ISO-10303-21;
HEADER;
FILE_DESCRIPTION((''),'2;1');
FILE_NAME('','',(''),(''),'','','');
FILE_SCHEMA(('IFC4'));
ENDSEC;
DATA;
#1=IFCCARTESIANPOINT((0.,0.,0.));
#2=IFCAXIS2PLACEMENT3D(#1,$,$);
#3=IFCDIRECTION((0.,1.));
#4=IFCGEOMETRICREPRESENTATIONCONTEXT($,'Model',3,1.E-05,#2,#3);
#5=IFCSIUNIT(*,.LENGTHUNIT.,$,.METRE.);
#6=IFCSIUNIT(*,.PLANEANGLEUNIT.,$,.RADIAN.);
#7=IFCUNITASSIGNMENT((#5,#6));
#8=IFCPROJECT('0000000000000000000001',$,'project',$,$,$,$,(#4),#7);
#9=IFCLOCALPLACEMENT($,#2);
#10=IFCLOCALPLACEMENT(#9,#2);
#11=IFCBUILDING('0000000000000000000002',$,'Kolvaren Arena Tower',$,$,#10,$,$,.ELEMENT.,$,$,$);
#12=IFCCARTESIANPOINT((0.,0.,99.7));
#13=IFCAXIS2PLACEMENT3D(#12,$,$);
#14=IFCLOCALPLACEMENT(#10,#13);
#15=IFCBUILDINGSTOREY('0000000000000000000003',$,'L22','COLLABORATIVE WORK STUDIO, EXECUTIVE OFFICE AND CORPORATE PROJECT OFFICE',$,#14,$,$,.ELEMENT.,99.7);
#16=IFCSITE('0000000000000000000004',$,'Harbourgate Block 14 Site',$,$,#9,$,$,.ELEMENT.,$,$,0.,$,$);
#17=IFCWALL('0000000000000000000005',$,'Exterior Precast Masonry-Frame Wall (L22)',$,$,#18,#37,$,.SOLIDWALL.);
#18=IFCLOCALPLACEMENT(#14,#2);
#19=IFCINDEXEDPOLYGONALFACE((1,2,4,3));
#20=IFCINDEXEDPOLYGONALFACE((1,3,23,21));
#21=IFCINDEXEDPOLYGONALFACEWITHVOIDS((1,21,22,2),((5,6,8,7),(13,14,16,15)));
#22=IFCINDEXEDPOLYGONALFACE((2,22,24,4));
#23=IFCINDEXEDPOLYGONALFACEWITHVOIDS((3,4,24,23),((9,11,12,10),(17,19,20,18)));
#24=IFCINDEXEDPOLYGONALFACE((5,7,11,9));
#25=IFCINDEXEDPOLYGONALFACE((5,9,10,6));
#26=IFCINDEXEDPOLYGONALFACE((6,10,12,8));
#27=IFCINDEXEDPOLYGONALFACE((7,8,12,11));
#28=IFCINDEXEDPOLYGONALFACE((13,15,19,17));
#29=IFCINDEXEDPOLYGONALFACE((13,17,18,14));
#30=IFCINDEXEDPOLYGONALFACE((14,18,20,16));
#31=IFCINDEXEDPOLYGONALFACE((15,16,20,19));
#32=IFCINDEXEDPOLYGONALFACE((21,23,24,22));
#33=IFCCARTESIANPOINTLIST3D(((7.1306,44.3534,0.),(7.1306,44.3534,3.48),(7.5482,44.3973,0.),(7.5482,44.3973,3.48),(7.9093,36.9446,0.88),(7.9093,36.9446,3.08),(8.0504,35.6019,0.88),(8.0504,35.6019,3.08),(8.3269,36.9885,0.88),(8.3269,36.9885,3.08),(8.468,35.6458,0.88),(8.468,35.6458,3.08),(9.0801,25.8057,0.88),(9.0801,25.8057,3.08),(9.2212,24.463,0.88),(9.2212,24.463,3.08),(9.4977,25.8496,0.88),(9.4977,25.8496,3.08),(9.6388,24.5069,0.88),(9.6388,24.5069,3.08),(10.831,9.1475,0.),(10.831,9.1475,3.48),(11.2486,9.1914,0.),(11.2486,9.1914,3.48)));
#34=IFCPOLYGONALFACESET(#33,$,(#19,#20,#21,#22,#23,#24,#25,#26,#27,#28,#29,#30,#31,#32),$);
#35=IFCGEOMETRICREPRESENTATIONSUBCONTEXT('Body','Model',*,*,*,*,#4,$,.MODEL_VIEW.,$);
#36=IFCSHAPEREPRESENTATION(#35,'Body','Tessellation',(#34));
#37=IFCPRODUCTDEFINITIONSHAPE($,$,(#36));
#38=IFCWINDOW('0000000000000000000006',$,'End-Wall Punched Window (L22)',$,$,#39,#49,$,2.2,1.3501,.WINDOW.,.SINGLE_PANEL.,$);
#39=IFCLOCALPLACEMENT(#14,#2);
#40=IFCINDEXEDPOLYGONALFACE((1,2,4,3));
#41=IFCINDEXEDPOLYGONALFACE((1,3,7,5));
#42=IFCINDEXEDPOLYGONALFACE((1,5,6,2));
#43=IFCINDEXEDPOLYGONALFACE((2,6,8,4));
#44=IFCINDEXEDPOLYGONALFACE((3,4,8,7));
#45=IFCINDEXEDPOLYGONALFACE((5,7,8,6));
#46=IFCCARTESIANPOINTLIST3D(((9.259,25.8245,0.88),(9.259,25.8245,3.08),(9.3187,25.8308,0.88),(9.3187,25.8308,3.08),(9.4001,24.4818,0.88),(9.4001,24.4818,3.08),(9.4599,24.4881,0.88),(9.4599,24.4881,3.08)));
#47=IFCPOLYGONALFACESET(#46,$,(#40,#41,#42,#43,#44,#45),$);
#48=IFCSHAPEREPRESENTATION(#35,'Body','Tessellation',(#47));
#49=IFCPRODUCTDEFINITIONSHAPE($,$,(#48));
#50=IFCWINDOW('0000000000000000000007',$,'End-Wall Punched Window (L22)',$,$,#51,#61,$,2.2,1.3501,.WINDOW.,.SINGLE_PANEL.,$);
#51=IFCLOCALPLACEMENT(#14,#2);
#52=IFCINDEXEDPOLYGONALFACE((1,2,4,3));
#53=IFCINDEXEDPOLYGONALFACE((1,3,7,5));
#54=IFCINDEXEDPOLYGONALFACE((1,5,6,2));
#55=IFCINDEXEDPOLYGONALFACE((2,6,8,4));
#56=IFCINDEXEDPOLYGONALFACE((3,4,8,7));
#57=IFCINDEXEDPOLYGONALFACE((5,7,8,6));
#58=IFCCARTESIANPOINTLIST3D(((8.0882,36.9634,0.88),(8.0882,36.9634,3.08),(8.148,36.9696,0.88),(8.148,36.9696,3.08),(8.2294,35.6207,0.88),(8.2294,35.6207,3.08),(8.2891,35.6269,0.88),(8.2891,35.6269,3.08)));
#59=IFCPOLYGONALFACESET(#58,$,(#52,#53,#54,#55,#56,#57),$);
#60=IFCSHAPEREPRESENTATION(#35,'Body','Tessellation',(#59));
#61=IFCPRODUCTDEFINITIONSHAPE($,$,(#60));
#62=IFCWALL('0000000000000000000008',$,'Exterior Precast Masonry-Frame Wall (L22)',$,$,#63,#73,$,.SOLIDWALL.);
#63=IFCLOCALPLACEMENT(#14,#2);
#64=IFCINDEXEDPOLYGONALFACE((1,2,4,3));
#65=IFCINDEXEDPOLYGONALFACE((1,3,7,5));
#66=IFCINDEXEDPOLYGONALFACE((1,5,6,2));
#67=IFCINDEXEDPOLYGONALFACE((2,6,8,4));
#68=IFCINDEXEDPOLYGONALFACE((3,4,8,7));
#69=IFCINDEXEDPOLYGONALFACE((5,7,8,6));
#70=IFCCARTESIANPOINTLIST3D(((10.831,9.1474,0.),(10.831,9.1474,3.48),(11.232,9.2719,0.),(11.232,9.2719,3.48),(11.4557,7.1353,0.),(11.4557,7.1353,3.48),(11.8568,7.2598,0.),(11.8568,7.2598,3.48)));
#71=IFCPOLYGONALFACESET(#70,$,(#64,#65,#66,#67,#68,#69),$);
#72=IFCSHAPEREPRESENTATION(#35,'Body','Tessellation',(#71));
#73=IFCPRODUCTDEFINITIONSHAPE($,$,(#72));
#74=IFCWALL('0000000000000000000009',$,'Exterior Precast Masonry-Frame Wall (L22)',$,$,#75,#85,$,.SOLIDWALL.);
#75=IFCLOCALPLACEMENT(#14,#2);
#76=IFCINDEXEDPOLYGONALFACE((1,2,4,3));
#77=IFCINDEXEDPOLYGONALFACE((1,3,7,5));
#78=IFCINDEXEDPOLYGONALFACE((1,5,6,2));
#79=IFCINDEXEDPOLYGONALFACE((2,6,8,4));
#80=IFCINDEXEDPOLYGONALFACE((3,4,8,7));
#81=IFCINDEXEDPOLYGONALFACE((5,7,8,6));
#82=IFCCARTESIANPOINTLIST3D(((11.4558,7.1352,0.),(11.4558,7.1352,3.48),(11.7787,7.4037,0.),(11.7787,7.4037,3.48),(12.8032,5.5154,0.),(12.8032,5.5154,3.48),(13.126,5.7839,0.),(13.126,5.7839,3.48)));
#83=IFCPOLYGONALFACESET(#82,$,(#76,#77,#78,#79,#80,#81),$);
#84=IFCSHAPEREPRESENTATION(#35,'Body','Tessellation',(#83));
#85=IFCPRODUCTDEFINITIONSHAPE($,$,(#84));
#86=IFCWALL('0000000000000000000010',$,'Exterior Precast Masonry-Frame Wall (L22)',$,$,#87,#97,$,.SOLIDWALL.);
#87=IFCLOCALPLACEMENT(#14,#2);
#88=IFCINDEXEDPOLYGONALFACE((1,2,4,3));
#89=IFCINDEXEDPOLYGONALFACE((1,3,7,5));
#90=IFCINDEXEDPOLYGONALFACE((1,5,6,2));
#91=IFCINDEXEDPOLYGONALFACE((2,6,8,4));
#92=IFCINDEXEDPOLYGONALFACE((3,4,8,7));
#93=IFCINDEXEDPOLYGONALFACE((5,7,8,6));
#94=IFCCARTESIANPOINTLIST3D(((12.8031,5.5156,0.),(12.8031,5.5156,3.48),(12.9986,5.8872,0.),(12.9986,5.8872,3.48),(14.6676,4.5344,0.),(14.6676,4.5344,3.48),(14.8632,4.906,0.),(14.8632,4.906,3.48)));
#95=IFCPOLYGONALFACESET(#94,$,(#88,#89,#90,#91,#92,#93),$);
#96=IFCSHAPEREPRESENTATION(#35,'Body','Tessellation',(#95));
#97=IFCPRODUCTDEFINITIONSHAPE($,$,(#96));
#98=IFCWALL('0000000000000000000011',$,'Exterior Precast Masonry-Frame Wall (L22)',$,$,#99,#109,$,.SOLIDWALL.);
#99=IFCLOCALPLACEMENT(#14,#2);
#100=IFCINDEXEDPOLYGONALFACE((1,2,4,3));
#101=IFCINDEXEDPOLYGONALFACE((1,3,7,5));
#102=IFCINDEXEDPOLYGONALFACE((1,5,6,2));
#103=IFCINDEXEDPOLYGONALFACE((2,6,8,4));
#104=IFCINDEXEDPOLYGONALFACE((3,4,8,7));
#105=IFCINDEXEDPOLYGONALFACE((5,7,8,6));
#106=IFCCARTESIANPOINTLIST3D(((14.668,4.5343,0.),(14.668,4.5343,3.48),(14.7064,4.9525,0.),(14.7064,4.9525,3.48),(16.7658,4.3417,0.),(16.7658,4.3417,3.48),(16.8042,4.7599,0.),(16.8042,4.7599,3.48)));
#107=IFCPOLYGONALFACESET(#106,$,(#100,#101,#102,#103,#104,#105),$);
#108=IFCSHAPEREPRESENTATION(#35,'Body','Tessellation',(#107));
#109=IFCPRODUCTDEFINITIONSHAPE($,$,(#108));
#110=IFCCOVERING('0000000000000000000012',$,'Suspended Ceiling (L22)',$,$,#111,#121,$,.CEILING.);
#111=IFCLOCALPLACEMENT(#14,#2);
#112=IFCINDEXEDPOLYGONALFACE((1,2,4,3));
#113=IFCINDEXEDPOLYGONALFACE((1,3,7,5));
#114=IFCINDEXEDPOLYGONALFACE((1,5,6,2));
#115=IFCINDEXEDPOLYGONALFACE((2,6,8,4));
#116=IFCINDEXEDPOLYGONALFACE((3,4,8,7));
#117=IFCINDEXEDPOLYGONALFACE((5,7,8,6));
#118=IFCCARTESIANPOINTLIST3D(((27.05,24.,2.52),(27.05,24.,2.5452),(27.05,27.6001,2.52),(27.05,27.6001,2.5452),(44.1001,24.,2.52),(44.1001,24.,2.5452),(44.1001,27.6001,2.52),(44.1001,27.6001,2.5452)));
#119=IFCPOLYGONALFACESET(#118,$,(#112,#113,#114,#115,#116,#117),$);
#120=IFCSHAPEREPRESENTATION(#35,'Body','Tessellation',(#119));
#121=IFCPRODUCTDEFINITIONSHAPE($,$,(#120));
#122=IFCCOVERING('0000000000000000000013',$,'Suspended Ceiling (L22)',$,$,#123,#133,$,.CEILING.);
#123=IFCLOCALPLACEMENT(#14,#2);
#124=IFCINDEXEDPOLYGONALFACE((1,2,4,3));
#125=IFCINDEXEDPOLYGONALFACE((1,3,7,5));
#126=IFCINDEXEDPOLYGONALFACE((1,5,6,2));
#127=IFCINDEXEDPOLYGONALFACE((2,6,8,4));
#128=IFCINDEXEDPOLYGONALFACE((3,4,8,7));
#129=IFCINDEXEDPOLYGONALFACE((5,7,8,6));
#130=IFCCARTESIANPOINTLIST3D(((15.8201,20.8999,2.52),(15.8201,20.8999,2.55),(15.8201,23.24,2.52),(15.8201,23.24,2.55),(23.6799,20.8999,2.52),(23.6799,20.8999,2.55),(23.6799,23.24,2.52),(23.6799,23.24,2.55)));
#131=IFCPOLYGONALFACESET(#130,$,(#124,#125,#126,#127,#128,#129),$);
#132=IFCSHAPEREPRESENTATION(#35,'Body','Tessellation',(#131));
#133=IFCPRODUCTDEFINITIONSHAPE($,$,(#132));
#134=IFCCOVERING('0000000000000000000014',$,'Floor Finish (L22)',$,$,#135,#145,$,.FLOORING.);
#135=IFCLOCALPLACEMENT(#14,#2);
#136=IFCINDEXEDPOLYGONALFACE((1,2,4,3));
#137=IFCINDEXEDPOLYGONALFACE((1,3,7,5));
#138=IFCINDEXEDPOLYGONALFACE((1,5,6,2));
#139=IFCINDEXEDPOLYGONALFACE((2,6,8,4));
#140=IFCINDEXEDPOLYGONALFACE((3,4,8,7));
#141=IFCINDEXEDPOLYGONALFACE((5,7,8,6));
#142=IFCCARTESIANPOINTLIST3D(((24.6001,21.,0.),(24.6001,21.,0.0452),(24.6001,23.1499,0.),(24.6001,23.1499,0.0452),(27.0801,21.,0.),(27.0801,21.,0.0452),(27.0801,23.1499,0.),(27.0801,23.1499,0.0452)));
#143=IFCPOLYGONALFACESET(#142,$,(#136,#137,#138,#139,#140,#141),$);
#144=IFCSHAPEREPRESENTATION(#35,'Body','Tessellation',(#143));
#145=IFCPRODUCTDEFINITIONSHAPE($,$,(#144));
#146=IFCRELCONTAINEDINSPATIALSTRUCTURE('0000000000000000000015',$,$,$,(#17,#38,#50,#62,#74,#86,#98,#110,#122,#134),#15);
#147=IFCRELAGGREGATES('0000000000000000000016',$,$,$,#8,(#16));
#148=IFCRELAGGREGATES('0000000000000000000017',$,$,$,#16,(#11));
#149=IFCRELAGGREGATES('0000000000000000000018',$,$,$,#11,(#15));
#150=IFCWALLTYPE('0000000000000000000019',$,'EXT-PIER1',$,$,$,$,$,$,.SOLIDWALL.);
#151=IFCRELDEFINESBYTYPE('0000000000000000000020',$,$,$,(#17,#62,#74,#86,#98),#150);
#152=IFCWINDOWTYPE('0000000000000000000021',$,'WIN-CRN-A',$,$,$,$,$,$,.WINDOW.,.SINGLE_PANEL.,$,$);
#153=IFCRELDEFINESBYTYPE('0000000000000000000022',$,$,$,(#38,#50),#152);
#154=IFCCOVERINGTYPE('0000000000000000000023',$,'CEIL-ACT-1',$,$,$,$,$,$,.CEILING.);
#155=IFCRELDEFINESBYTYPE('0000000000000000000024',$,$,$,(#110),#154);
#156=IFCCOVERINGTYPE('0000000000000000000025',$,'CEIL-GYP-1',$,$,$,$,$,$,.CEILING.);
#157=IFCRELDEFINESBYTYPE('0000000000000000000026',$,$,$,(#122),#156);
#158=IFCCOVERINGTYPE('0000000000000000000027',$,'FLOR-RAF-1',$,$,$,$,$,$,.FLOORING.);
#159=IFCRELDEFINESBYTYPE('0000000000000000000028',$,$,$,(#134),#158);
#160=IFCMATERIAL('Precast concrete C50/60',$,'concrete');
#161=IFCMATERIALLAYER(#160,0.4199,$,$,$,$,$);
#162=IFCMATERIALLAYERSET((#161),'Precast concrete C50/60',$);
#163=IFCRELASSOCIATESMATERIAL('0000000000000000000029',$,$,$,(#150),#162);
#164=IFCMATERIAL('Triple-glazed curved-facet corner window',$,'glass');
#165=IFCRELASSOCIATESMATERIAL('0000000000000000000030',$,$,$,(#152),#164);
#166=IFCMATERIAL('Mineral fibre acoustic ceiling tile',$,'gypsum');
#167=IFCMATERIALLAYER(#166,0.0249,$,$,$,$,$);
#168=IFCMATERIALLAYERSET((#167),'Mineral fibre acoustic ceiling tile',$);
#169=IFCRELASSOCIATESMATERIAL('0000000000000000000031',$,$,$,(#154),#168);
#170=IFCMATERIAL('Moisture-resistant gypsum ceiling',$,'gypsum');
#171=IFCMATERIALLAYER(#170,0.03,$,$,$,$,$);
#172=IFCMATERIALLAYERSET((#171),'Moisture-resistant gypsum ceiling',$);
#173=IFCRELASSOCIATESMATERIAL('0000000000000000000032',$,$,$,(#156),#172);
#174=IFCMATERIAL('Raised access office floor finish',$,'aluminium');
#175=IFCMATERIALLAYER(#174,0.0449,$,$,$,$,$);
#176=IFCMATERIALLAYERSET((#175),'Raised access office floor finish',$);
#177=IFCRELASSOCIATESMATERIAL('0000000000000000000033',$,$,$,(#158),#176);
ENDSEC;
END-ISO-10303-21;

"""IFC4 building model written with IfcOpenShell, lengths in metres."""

from ifc_helpers import new_model, si_unit, direction, frame, frame_2d, origin, place, context, subcontext, project, spatial, polyline, rectangle, outline, extrude, material, layer, layer_set, type_object, element, fill, save


model = new_model("IFC4")

# Units and contexts
model_context = context("Model", 3, precision=1e-05, world=origin(), true_north=direction((0.0, 1.0)))
body_context = subcontext(model_context, "Body", "Model", "MODEL_VIEW")
ifc_project = project(units=[si_unit("LENGTHUNIT", "METRE"), si_unit("PLANEANGLEUNIT", "RADIAN")], contexts=[model_context])

# Site, building, storey
site_placement = place(None, origin())
site = spatial("IfcSite", under=ifc_project, at=site_placement, Name="Harbourgate Block 14 Site", CompositionType="ELEMENT", RefElevation=0.0)
building_placement = place(site_placement, origin())
building = spatial("IfcBuilding", under=site, at=building_placement, Name="Kolvaren Arena Tower", CompositionType="ELEMENT")
storey_placement = place(building_placement, frame((0.0, 0.0, 99.7)))
storey = spatial("IfcBuildingStorey", under=building, at=storey_placement, Name="L22", Description="COLLABORATIVE WORK STUDIO, EXECUTIVE OFFICE AND CORPORATE PROJECT OFFICE", CompositionType="ELEMENT", Elevation=99.7)

# Wall, openings, windows
ifc_material_1 = material(Name="Precast concrete C50/60", Category="concrete")
ifc_layer_1 = layer(ifc_material_1, 0.4199)
ifc_layer_set_1 = layer_set([ifc_layer_1], Name="Precast concrete C50/60")
wall_type = type_object("IfcWallType", Name="EXT-PIER1", PredefinedType="SOLIDWALL", material=ifc_layer_set_1)
wall_1_placement = place(storey_placement, frame((11.0398, 9.1694, 0.0), z_axis=(0.0, 0.0, 1.0), x_axis=(-0.104532, 0.994522, 0.0)))
wall_1 = element("IfcWall", 1, at=wall_1_placement, inside=storey, type_object=wall_type, Name="Exterior Precast Masonry-Frame Wall (L22)", PredefinedType="SOLIDWALL", context=body_context, shape_type="SweptSolid", body=[
    extrude(rectangle(XDim=35.3999, YDim=0.4199, at=frame_2d((17.7, 0.0))), origin(), (0.0, 0.0, 1.0), 3.48),
])
opening_1_placement = place(wall_1_placement, frame((15.3999, 0.0, 0.8799)))
opening_1 = element("IfcOpeningElement", 2, at=opening_1_placement, cuts=wall_1, PredefinedType="OPENING", context=body_context, shape_type="SweptSolid", body=[
    extrude(rectangle(XDim=1.3501, YDim=2.2, at=frame_2d((0.675, 1.1001))), frame((0.0, 0.22, 0.0), z_axis=(0.0, -1.0, 0.0), x_axis=(1.0, 0.0, 0.0)), (0.0, 0.0, 1.0), 0.4399),
])
opening_2_placement = place(wall_1_placement, frame((26.6001, 0.0, 0.8799)))
opening_2 = element("IfcOpeningElement", 3, at=opening_2_placement, cuts=wall_1, PredefinedType="OPENING", context=body_context, shape_type="SweptSolid", body=[
    extrude(rectangle(XDim=1.3501, YDim=2.2, at=frame_2d((0.675, 1.1001))), frame((0.0, 0.22, 0.0), z_axis=(0.0, -1.0, 0.0), x_axis=(1.0, 0.0, 0.0)), (0.0, 0.0, 1.0), 0.4399),
])
ifc_material_2 = material(Name="Triple-glazed curved-facet corner window", Category="glass")
window_type = type_object("IfcWindowType", Name="WIN-CRN-A", PartitioningType="SINGLE_PANEL", PredefinedType="WINDOW", material=ifc_material_2)
window_1_placement = place(opening_1_placement, origin())
window_1 = element("IfcWindow", 4, at=window_1_placement, inside=storey, type_object=window_type, Name="End-Wall Punched Window (L22)", OverallHeight=2.2, OverallWidth=1.3501, PartitioningType="SINGLE_PANEL", PredefinedType="WINDOW", context=body_context, shape_type="SweptSolid", body=[
    extrude(rectangle(XDim=1.3501, YDim=2.2, at=frame_2d((0.675, 1.1001))), frame((0.0, 0.03, 0.0), z_axis=(0.0, -1.0, 0.0), x_axis=(1.0, 0.0, 0.0)), (0.0, 0.0, 1.0), 0.0601),
])
fill(opening_1, window_1)
window_2_placement = place(opening_2_placement, origin())
window_2 = element("IfcWindow", 5, at=window_2_placement, inside=storey, type_object=window_type, Name="End-Wall Punched Window (L22)", OverallHeight=2.2, OverallWidth=1.3501, PartitioningType="SINGLE_PANEL", PredefinedType="WINDOW", context=body_context, shape_type="SweptSolid", body=[
    extrude(rectangle(XDim=1.3501, YDim=2.2, at=frame_2d((0.675, 1.1001))), frame((0.0, 0.03, 0.0), z_axis=(0.0, -1.0, 0.0), x_axis=(1.0, 0.0, 0.0)), (0.0, 0.0, 1.0), 0.0601),
])
fill(opening_2, window_2)

# Walls
for number, where, z_axis, x_axis, name in (
    (6, (11.6562, 7.1975, 0.0), (0.0, 0.0, 1.0), (-0.296519, 0.955027, 0.0), "Exterior Precast Masonry-Frame Wall (L22)"),
    (7, (12.9646, 5.6497, 0.0), (0.0, 0.0, 1.0), (-0.639489, 0.7688, 0.0), "Exterior Precast Masonry-Frame Wall (L22)"),
    (8, (14.7654, 4.7202, 0.0), (0.0, 0.0, 1.0), (-0.884941, 0.465703, 0.0), "Exterior Precast Masonry-Frame Wall (L22)"),
):
    element("IfcWall", number, at=place(storey_placement, frame(where, z_axis=z_axis, x_axis=x_axis)), inside=storey, type_object=wall_type, Name=name, PredefinedType="SOLIDWALL", context=body_context, shape_type="SweptSolid", body=[
        extrude(rectangle(XDim=2.1069, YDim=0.4199, at=frame_2d((1.0535, 0.0))), origin(), (0.0, 0.0, 1.0), 3.48),
    ])
wall_2_placement = place(storey_placement, frame((16.7849, 4.5508, 0.0), z_axis=(0.0, 0.0, 1.0), x_axis=(-0.995811, 0.091434, 0.0)))
element("IfcWall", 9, at=wall_2_placement, inside=storey, type_object=wall_type, Name="Exterior Precast Masonry-Frame Wall (L22)", PredefinedType="SOLIDWALL", context=body_context, shape_type="SweptSolid", body=[
    extrude(rectangle(XDim=2.1067, YDim=0.4199, at=frame_2d((1.0532, 0.0))), origin(), (0.0, 0.0, 1.0), 3.48),
])

# Coverings
ifc_material_3 = material(Name="Mineral fibre acoustic ceiling tile", Category="gypsum")
ifc_layer_2 = layer(ifc_material_3, 0.0249)
ifc_layer_set_2 = layer_set([ifc_layer_2], Name="Mineral fibre acoustic ceiling tile")
covering_type_1 = type_object("IfcCoveringType", Name="CEIL-ACT-1", PredefinedType="CEILING", material=ifc_layer_set_2)
covering_1_placement = place(storey_placement, frame((0.0, 0.0, 2.52)))
element("IfcCovering", 10, at=covering_1_placement, inside=storey, type_object=covering_type_1, Name="Suspended Ceiling (L22)", PredefinedType="CEILING", context=body_context, shape_type="SweptSolid", body=[
    extrude(outline(polyline([(27.05, 24.0), (27.05, 27.6001), (44.1001, 27.6001), (44.1001, 24.0), (27.05, 24.0)])), origin(), (0.0, 0.0, 1.0), 0.0251),
])
ifc_material_4 = material(Name="Moisture-resistant gypsum ceiling", Category="gypsum")
ifc_layer_3 = layer(ifc_material_4, 0.03)
ifc_layer_set_3 = layer_set([ifc_layer_3], Name="Moisture-resistant gypsum ceiling")
covering_type_2 = type_object("IfcCoveringType", Name="CEIL-GYP-1", PredefinedType="CEILING", material=ifc_layer_set_3)
covering_2_placement = place(storey_placement, frame((0.0, 0.0, 2.52)))
element("IfcCovering", 11, at=covering_2_placement, inside=storey, type_object=covering_type_2, Name="Suspended Ceiling (L22)", PredefinedType="CEILING", context=body_context, shape_type="SweptSolid", body=[
    extrude(outline(polyline([(15.8201, 20.8999), (15.8201, 23.24), (23.6799, 23.24), (23.6799, 20.8999), (15.8201, 20.8999)])), origin(), (0.0, 0.0, 1.0), 0.03),
])
ifc_material_5 = material(Name="Raised access office floor finish", Category="aluminium")
ifc_layer_4 = layer(ifc_material_5, 0.0449)
ifc_layer_set_4 = layer_set([ifc_layer_4], Name="Raised access office floor finish")
covering_type_3 = type_object("IfcCoveringType", Name="FLOR-RAF-1", PredefinedType="FLOORING", material=ifc_layer_set_4)
covering_3_placement = place(storey_placement, origin())
element("IfcCovering", 12, at=covering_3_placement, inside=storey, type_object=covering_type_3, Name="Floor Finish (L22)", PredefinedType="FLOORING", context=body_context, shape_type="SweptSolid", body=[
    extrude(outline(polyline([(24.6001, 21.0), (24.6001, 23.1499), (27.0801, 23.1499), (27.0801, 21.0), (24.6001, 21.0)])), origin(), (0.0, 0.0, 1.0), 0.0452),
])

save(model, "model.ifc")
